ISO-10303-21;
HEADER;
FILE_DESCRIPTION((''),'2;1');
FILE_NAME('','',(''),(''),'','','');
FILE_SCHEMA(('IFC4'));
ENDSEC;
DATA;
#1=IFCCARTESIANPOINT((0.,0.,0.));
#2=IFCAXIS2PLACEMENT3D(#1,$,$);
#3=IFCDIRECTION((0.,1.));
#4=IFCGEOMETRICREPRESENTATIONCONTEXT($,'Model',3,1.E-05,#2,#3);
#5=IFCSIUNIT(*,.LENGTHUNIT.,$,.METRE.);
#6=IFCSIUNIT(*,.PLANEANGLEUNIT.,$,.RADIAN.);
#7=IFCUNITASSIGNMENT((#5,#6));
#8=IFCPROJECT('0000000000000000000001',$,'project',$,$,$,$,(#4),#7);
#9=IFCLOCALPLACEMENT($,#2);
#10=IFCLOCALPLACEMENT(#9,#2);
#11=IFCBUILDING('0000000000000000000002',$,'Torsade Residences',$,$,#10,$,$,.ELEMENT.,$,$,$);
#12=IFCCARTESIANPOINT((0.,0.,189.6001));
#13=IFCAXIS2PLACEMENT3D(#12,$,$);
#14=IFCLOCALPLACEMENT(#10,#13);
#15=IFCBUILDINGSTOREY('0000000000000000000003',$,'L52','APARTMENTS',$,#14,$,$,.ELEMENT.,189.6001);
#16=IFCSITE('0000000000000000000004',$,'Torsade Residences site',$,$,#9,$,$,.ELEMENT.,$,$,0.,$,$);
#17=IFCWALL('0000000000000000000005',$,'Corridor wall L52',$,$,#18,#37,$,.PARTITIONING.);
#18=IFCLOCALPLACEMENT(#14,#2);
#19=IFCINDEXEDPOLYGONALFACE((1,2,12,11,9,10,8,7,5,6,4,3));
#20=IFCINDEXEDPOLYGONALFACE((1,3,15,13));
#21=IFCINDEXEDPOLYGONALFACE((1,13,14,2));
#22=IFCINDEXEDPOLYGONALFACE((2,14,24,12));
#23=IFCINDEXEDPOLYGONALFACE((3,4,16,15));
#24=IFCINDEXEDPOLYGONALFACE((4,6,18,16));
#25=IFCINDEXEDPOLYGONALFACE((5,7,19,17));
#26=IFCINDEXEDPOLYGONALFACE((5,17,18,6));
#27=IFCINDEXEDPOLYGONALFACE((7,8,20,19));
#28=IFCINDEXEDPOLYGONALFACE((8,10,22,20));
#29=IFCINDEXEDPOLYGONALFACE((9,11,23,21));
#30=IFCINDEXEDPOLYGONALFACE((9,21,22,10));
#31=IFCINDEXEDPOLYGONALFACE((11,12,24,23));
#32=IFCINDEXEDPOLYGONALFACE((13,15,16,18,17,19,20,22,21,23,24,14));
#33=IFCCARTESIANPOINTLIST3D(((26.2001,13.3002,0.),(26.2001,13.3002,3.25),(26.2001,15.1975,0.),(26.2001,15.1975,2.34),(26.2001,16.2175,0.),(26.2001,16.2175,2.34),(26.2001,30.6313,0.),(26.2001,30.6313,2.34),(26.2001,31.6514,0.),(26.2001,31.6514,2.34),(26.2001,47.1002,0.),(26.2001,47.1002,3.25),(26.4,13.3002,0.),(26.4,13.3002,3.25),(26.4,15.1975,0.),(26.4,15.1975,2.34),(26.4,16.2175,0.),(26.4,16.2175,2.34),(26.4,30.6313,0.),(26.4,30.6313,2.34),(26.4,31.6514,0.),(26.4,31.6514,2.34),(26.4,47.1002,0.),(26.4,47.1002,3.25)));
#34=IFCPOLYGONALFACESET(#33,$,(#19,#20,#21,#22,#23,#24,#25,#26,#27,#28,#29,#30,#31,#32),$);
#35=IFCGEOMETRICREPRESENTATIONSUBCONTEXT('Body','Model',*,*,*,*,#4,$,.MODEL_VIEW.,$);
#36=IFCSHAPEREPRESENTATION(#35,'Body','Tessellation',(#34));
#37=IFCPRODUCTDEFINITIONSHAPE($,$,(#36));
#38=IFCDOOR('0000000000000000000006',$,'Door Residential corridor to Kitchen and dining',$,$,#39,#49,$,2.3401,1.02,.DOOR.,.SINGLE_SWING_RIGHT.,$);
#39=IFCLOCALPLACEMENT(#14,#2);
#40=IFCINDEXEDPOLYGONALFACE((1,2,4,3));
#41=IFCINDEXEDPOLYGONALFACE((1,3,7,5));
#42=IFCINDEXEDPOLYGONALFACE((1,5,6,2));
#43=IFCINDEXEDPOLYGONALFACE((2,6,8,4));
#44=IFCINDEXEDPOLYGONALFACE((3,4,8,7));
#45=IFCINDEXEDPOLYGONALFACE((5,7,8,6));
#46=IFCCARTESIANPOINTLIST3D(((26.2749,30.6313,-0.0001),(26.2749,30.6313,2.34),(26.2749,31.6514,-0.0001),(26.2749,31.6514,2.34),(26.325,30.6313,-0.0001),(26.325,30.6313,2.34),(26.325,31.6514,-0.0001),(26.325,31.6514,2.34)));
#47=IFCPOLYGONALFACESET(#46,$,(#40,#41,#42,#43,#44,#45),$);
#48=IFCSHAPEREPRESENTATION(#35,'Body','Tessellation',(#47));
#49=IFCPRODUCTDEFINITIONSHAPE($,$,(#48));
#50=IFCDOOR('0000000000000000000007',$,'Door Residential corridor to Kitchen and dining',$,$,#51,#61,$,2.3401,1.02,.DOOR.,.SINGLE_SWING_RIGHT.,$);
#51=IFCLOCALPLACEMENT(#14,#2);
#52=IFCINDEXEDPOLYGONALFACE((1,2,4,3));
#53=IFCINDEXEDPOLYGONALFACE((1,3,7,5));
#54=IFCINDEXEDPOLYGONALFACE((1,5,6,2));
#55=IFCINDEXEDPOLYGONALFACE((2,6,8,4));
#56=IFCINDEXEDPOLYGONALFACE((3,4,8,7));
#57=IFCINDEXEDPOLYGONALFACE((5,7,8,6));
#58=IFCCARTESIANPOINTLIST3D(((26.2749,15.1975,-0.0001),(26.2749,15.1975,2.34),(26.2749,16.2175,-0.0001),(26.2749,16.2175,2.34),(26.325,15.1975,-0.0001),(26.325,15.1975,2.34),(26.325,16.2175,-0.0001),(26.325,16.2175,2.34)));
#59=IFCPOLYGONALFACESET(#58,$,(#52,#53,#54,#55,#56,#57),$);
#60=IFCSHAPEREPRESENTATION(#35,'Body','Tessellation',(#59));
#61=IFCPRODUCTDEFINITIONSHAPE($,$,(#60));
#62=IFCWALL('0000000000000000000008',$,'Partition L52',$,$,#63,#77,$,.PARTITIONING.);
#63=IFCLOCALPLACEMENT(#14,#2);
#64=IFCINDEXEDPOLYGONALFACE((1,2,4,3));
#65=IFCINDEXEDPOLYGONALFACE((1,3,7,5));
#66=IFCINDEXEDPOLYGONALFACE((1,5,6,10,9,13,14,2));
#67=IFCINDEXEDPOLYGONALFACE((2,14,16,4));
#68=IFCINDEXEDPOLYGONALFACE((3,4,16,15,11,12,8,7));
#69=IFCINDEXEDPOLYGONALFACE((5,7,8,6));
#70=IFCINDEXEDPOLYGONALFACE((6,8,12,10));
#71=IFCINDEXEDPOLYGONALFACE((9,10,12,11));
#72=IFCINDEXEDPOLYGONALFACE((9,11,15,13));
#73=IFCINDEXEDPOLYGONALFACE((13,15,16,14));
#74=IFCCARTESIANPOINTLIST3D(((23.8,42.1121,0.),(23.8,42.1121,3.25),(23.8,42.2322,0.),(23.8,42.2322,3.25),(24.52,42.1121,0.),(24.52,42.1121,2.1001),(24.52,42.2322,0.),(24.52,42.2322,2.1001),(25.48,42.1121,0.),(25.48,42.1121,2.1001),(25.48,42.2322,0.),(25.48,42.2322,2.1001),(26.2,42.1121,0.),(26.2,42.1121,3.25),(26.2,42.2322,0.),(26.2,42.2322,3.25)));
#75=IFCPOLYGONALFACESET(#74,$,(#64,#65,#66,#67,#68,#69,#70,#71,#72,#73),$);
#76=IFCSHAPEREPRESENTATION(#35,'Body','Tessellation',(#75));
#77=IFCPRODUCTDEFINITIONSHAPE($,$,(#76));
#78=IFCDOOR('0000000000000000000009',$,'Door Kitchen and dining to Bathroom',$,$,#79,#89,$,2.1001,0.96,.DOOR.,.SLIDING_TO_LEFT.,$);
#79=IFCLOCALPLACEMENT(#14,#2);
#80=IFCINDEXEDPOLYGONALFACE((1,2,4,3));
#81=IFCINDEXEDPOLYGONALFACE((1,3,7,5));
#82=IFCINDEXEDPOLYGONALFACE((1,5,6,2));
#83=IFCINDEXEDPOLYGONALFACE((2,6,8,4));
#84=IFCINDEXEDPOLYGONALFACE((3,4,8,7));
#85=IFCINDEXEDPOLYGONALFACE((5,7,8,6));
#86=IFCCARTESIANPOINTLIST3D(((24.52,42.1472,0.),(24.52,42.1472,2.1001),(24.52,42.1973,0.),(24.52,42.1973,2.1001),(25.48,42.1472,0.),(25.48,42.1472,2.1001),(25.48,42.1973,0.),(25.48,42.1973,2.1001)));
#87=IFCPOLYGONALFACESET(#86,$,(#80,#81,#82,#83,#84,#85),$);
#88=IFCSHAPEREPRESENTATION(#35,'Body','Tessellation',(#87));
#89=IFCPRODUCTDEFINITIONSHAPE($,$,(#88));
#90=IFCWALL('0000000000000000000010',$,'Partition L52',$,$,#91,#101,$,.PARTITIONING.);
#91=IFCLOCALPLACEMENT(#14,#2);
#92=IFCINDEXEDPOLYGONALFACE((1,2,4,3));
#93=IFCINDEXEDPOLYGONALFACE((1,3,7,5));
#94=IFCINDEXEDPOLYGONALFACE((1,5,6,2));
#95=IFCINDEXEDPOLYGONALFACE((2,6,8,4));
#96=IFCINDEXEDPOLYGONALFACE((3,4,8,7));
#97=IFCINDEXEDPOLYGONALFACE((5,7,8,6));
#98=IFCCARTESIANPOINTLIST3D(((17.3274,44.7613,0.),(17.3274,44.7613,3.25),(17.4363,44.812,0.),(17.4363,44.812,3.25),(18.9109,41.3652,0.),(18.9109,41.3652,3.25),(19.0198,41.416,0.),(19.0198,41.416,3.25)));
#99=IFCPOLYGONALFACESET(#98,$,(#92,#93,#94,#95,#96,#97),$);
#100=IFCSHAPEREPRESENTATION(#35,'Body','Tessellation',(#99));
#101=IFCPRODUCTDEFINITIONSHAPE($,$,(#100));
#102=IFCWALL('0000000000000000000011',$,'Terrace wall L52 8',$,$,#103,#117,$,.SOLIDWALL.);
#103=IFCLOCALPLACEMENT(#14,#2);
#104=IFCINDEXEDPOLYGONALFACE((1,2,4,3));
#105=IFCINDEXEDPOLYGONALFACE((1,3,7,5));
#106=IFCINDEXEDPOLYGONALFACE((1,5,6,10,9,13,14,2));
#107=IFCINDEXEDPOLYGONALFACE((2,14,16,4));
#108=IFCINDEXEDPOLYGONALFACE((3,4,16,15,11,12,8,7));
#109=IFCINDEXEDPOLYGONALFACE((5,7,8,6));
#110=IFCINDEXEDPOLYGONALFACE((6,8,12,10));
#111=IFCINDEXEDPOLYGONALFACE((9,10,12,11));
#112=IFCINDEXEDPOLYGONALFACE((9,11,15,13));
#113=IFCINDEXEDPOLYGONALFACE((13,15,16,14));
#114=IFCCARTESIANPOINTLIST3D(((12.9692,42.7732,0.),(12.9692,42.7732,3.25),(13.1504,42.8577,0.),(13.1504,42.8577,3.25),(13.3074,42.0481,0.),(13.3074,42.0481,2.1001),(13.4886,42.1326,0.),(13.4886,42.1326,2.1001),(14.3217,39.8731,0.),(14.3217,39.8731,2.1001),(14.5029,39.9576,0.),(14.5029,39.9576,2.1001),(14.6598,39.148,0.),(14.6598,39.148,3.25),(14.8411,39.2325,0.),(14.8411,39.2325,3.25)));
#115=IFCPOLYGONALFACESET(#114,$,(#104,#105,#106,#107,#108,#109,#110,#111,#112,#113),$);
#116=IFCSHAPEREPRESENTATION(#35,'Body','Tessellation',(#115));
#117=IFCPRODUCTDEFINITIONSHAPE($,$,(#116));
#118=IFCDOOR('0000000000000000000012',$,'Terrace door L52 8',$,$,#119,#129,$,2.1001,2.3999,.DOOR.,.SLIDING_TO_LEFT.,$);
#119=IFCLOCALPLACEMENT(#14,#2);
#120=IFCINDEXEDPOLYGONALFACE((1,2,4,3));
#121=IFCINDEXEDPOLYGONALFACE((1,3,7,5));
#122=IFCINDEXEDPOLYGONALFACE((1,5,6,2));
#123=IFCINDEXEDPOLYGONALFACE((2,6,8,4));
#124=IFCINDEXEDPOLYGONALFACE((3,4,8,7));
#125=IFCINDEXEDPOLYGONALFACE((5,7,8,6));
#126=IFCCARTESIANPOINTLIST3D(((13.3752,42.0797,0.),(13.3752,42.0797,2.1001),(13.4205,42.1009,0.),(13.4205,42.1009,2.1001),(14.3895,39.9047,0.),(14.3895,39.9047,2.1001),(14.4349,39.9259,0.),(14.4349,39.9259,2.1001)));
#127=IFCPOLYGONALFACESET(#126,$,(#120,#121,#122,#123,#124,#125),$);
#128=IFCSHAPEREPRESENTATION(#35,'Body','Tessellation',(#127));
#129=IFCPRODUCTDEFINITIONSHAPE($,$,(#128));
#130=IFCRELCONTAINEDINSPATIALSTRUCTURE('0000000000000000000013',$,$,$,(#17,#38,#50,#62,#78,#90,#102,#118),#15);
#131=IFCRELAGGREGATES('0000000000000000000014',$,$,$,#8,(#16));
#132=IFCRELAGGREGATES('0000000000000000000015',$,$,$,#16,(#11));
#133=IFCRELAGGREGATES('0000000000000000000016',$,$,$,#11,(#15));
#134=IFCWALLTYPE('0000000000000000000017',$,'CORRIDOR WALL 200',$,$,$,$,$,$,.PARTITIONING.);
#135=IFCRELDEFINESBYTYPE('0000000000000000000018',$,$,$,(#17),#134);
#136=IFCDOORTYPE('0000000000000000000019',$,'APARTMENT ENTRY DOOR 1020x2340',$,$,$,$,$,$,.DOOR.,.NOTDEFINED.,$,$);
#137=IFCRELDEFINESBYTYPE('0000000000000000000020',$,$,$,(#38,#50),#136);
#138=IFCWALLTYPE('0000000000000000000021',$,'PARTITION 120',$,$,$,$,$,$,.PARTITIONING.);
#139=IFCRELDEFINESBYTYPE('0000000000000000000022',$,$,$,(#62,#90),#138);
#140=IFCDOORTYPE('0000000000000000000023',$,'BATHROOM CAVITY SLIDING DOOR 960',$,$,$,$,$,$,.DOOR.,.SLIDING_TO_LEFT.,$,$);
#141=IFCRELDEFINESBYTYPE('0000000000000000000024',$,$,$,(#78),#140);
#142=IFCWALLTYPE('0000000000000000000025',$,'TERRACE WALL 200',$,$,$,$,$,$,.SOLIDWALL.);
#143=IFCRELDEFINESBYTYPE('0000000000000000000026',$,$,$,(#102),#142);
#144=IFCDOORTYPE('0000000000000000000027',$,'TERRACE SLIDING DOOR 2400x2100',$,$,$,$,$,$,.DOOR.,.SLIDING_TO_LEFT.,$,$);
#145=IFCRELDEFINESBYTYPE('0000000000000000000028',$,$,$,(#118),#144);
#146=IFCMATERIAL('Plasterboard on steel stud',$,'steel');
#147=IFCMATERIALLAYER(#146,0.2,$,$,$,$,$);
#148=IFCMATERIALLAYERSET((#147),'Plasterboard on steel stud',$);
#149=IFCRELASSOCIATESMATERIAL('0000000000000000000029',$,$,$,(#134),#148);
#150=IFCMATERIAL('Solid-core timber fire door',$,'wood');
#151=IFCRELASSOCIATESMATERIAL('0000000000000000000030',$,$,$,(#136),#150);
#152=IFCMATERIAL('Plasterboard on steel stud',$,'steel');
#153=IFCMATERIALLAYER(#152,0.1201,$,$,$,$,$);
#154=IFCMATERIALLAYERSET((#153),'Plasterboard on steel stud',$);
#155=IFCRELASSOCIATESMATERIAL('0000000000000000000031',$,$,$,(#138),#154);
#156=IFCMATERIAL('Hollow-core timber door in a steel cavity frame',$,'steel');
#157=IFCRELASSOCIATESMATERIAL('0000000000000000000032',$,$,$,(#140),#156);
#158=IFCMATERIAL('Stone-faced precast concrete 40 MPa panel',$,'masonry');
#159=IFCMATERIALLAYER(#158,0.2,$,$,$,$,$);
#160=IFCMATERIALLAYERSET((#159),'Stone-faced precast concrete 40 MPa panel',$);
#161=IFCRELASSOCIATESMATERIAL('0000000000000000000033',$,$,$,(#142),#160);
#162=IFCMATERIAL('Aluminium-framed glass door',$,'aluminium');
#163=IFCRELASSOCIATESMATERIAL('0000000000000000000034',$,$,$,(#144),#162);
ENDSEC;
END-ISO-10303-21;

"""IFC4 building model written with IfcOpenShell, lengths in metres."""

from ifc_helpers import new_model, si_unit, direction, frame, frame_2d, origin, place, context, subcontext, project, spatial, rectangle, extrude, material, layer, layer_set, type_object, element, fill, save


model = new_model("IFC4")

# Units and contexts
model_context = context("Model", 3, precision=1e-05, world=origin(), true_north=direction((0.0, 1.0)))
body_context = subcontext(model_context, "Body", "Model", "MODEL_VIEW")
ifc_project = project(units=[si_unit("LENGTHUNIT", "METRE"), si_unit("PLANEANGLEUNIT", "RADIAN")], contexts=[model_context])

# Site, building, storey
site_placement = place(None, origin())
site = spatial("IfcSite", under=ifc_project, at=site_placement, Name="Torsade Residences site", CompositionType="ELEMENT", RefElevation=0.0)
building_placement = place(site_placement, origin())
building = spatial("IfcBuilding", under=site, at=building_placement, Name="Torsade Residences", CompositionType="ELEMENT")
storey_placement = place(building_placement, frame((0.0, 0.0, 189.6001)))
storey = spatial("IfcBuildingStorey", under=building, at=storey_placement, Name="L52", Description="APARTMENTS", CompositionType="ELEMENT", Elevation=189.6001)

# Wall, openings, doors
ifc_material_1 = material(Name="Plasterboard on steel stud", Category="steel")
ifc_layer_1 = layer(ifc_material_1, 0.2)
ifc_layer_set_1 = layer_set([ifc_layer_1], Name="Plasterboard on steel stud")
wall_type_1 = type_object("IfcWallType", Name="CORRIDOR WALL 200", PredefinedType="PARTITIONING", material=ifc_layer_set_1)
wall_1_placement = place(storey_placement, frame((26.3, 47.1001, 0.0), z_axis=(0.0, 0.0, 1.0), x_axis=(0.0, -1.0, 0.0)))
wall_1 = element("IfcWall", 1, at=wall_1_placement, inside=storey, type_object=wall_type_1, Name="Corridor wall L52", PredefinedType="PARTITIONING", context=body_context, shape_type="SweptSolid", body=[
    extrude(rectangle(XDim=33.8, YDim=0.2, at=frame_2d((16.8999, 0.0))), origin(), (0.0, 0.0, 1.0), 3.25),
])
opening_1_placement = place(wall_1_placement, frame((15.4487, 0.0, 0.0)))
opening_1 = element("IfcOpeningElement", 2, at=opening_1_placement, cuts=wall_1, PredefinedType="OPENING", context=body_context, shape_type="SweptSolid", body=[
    extrude(rectangle(XDim=1.02, YDim=2.3401, at=frame_2d((0.51, 1.1699))), frame((0.0, 0.1099, 0.0), z_axis=(0.0, -1.0, 0.0), x_axis=(1.0, 0.0, 0.0)), (0.0, 0.0, 1.0), 0.22),
])
opening_2_placement = place(wall_1_placement, frame((30.8826, 0.0, 0.0)))
opening_2 = element("IfcOpeningElement", 3, at=opening_2_placement, cuts=wall_1, PredefinedType="OPENING", context=body_context, shape_type="SweptSolid", body=[
    extrude(rectangle(XDim=1.02, YDim=2.3401, at=frame_2d((0.51, 1.1699))), frame((0.0, 0.1099, 0.0), z_axis=(0.0, -1.0, 0.0), x_axis=(1.0, 0.0, 0.0)), (0.0, 0.0, 1.0), 0.22),
])
ifc_material_2 = material(Name="Solid-core timber fire door", Category="wood")
door_type_1 = type_object("IfcDoorType", Name="APARTMENT ENTRY DOOR 1020x2340", OperationType="NOTDEFINED", PredefinedType="DOOR", material=ifc_material_2)
door_1_placement = place(opening_1_placement, origin())
door_1 = element("IfcDoor", 4, at=door_1_placement, inside=storey, type_object=door_type_1, Name="Door Residential corridor to Kitchen and dining", OperationType="SINGLE_SWING_RIGHT", OverallHeight=2.3401, OverallWidth=1.02, PredefinedType="DOOR", context=body_context, shape_type="SweptSolid", body=[
    extrude(rectangle(XDim=1.02, YDim=2.3401, at=frame_2d((0.51, 1.1699))), frame((0.0, 0.0249, 0.0), z_axis=(0.0, -1.0, 0.0), x_axis=(1.0, 0.0, 0.0)), (0.0, 0.0, 1.0), 0.05),
])
fill(opening_1, door_1)
door_2_placement = place(opening_2_placement, origin())
door_2 = element("IfcDoor", 5, at=door_2_placement, inside=storey, type_object=door_type_1, Name="Door Residential corridor to Kitchen and dining", OperationType="SINGLE_SWING_RIGHT", OverallHeight=2.3401, OverallWidth=1.02, PredefinedType="DOOR", context=body_context, shape_type="SweptSolid", body=[
    extrude(rectangle(XDim=1.02, YDim=2.3401, at=frame_2d((0.51, 1.1699))), frame((0.0, 0.0249, 0.0), z_axis=(0.0, -1.0, 0.0), x_axis=(1.0, 0.0, 0.0)), (0.0, 0.0, 1.0), 0.05),
])
fill(opening_2, door_2)

# Wall, opening, door
ifc_material_3 = material(Name="Plasterboard on steel stud", Category="steel")
ifc_layer_2 = layer(ifc_material_3, 0.1201)
ifc_layer_set_2 = layer_set([ifc_layer_2], Name="Plasterboard on steel stud")
wall_type_2 = type_object("IfcWallType", Name="PARTITION 120", PredefinedType="PARTITIONING", material=ifc_layer_set_2)
wall_2_placement = place(storey_placement, frame((26.2, 42.1721, 0.0), z_axis=(0.0, 0.0, 1.0), x_axis=(-1.0, 0.0, 0.0)))
wall_2 = element("IfcWall", 6, at=wall_2_placement, inside=storey, type_object=wall_type_2, Name="Partition L52", PredefinedType="PARTITIONING", context=body_context, shape_type="SweptSolid", body=[
    extrude(rectangle(XDim=2.3999, YDim=0.1201, at=frame_2d((1.2, 0.0))), origin(), (0.0, 0.0, 1.0), 3.25),
])
opening_3_placement = place(wall_2_placement, frame((0.72, 0.0, 0.0)))
opening_3 = element("IfcOpeningElement", 7, at=opening_3_placement, cuts=wall_2, PredefinedType="OPENING", context=body_context, shape_type="SweptSolid", body=[
    extrude(rectangle(XDim=0.96, YDim=2.1001, at=frame_2d((0.48, 1.05))), frame((0.0, 0.0701, 0.0), z_axis=(0.0, -1.0, 0.0), x_axis=(1.0, 0.0, 0.0)), (0.0, 0.0, 1.0), 0.1401),
])
ifc_material_4 = material(Name="Hollow-core timber door in a steel cavity frame", Category="steel")
door_type_2 = type_object("IfcDoorType", Name="BATHROOM CAVITY SLIDING DOOR 960", OperationType="SLIDING_TO_LEFT", PredefinedType="DOOR", material=ifc_material_4)
door_3_placement = place(opening_3_placement, origin())
door_3 = element("IfcDoor", 8, at=door_3_placement, inside=storey, type_object=door_type_2, Name="Door Kitchen and dining to Bathroom", OperationType="SLIDING_TO_LEFT", OverallHeight=2.1001, OverallWidth=0.96, PredefinedType="DOOR", context=body_context, shape_type="SweptSolid", body=[
    extrude(rectangle(XDim=0.96, YDim=2.1001, at=frame_2d((0.48, 1.05))), frame((0.0, 0.0249, 0.0), z_axis=(0.0, -1.0, 0.0), x_axis=(1.0, 0.0, 0.0)), (0.0, 0.0, 1.0), 0.05),
])
fill(opening_3, door_3)

# Wall
wall_3_placement = place(storey_placement, frame((18.9653, 41.3906, 0.0), z_axis=(0.0, 0.0, 1.0), x_axis=(-0.4226, 0.906316, 0.0)))
element("IfcWall", 9, at=wall_3_placement, inside=storey, type_object=wall_type_2, Name="Partition L52", PredefinedType="PARTITIONING", context=body_context, shape_type="SweptSolid", body=[
    extrude(rectangle(XDim=3.7471, YDim=0.1201, at=frame_2d((1.8735, 0.0))), origin(), (0.0, 0.0, 1.0), 3.25),
])

# Wall, opening, door
ifc_material_5 = material(Name="Stone-faced precast concrete 40 MPa panel", Category="masonry")
ifc_layer_3 = layer(ifc_material_5, 0.2)
ifc_layer_set_3 = layer_set([ifc_layer_3], Name="Stone-faced precast concrete 40 MPa panel")
wall_type_3 = type_object("IfcWallType", Name="TERRACE WALL 200", PredefinedType="SOLIDWALL", material=ifc_layer_set_3)
wall_4_placement = place(storey_placement, frame((13.0598, 42.8154, 0.0), z_axis=(0.0, 0.0, 1.0), x_axis=(0.422658, -0.906289, 0.0)))
wall_4 = element("IfcWall", 10, at=wall_4_placement, inside=storey, type_object=wall_type_3, Name="Terrace wall L52 8", PredefinedType="SOLIDWALL", context=body_context, shape_type="SweptSolid", body=[
    extrude(rectangle(XDim=4.0, YDim=0.2, at=frame_2d((2.0, 0.0))), origin(), (0.0, 0.0, 1.0), 3.25),
])
opening_4_placement = place(wall_4_placement, frame((0.8, 0.0, 0.0)))
opening_4 = element("IfcOpeningElement", 11, at=opening_4_placement, cuts=wall_4, PredefinedType="OPENING", context=body_context, shape_type="SweptSolid", body=[
    extrude(rectangle(XDim=2.3999, YDim=2.1001, at=frame_2d((1.2, 1.05))), frame((0.0, 0.1099, 0.0), z_axis=(0.0, -1.0, 0.0), x_axis=(1.0, 0.0, 0.0)), (0.0, 0.0, 1.0), 0.22),
])
ifc_material_6 = material(Name="Aluminium-framed glass door", Category="aluminium")
door_type_3 = type_object("IfcDoorType", Name="TERRACE SLIDING DOOR 2400x2100", OperationType="SLIDING_TO_LEFT", PredefinedType="DOOR", material=ifc_material_6)
door_4_placement = place(opening_4_placement, origin())
door_4 = element("IfcDoor", 12, at=door_4_placement, inside=storey, type_object=door_type_3, Name="Terrace door L52 8", OperationType="SLIDING_TO_LEFT", OverallHeight=2.1001, OverallWidth=2.3999, PredefinedType="DOOR", context=body_context, shape_type="SweptSolid", body=[
    extrude(rectangle(XDim=2.3999, YDim=2.1001, at=frame_2d((1.2, 1.05))), frame((0.0, 0.0249, 0.0), z_axis=(0.0, -1.0, 0.0), x_axis=(1.0, 0.0, 0.0)), (0.0, 0.0, 1.0), 0.05),
])
fill(opening_4, door_4)

save(model, "model.ifc")
